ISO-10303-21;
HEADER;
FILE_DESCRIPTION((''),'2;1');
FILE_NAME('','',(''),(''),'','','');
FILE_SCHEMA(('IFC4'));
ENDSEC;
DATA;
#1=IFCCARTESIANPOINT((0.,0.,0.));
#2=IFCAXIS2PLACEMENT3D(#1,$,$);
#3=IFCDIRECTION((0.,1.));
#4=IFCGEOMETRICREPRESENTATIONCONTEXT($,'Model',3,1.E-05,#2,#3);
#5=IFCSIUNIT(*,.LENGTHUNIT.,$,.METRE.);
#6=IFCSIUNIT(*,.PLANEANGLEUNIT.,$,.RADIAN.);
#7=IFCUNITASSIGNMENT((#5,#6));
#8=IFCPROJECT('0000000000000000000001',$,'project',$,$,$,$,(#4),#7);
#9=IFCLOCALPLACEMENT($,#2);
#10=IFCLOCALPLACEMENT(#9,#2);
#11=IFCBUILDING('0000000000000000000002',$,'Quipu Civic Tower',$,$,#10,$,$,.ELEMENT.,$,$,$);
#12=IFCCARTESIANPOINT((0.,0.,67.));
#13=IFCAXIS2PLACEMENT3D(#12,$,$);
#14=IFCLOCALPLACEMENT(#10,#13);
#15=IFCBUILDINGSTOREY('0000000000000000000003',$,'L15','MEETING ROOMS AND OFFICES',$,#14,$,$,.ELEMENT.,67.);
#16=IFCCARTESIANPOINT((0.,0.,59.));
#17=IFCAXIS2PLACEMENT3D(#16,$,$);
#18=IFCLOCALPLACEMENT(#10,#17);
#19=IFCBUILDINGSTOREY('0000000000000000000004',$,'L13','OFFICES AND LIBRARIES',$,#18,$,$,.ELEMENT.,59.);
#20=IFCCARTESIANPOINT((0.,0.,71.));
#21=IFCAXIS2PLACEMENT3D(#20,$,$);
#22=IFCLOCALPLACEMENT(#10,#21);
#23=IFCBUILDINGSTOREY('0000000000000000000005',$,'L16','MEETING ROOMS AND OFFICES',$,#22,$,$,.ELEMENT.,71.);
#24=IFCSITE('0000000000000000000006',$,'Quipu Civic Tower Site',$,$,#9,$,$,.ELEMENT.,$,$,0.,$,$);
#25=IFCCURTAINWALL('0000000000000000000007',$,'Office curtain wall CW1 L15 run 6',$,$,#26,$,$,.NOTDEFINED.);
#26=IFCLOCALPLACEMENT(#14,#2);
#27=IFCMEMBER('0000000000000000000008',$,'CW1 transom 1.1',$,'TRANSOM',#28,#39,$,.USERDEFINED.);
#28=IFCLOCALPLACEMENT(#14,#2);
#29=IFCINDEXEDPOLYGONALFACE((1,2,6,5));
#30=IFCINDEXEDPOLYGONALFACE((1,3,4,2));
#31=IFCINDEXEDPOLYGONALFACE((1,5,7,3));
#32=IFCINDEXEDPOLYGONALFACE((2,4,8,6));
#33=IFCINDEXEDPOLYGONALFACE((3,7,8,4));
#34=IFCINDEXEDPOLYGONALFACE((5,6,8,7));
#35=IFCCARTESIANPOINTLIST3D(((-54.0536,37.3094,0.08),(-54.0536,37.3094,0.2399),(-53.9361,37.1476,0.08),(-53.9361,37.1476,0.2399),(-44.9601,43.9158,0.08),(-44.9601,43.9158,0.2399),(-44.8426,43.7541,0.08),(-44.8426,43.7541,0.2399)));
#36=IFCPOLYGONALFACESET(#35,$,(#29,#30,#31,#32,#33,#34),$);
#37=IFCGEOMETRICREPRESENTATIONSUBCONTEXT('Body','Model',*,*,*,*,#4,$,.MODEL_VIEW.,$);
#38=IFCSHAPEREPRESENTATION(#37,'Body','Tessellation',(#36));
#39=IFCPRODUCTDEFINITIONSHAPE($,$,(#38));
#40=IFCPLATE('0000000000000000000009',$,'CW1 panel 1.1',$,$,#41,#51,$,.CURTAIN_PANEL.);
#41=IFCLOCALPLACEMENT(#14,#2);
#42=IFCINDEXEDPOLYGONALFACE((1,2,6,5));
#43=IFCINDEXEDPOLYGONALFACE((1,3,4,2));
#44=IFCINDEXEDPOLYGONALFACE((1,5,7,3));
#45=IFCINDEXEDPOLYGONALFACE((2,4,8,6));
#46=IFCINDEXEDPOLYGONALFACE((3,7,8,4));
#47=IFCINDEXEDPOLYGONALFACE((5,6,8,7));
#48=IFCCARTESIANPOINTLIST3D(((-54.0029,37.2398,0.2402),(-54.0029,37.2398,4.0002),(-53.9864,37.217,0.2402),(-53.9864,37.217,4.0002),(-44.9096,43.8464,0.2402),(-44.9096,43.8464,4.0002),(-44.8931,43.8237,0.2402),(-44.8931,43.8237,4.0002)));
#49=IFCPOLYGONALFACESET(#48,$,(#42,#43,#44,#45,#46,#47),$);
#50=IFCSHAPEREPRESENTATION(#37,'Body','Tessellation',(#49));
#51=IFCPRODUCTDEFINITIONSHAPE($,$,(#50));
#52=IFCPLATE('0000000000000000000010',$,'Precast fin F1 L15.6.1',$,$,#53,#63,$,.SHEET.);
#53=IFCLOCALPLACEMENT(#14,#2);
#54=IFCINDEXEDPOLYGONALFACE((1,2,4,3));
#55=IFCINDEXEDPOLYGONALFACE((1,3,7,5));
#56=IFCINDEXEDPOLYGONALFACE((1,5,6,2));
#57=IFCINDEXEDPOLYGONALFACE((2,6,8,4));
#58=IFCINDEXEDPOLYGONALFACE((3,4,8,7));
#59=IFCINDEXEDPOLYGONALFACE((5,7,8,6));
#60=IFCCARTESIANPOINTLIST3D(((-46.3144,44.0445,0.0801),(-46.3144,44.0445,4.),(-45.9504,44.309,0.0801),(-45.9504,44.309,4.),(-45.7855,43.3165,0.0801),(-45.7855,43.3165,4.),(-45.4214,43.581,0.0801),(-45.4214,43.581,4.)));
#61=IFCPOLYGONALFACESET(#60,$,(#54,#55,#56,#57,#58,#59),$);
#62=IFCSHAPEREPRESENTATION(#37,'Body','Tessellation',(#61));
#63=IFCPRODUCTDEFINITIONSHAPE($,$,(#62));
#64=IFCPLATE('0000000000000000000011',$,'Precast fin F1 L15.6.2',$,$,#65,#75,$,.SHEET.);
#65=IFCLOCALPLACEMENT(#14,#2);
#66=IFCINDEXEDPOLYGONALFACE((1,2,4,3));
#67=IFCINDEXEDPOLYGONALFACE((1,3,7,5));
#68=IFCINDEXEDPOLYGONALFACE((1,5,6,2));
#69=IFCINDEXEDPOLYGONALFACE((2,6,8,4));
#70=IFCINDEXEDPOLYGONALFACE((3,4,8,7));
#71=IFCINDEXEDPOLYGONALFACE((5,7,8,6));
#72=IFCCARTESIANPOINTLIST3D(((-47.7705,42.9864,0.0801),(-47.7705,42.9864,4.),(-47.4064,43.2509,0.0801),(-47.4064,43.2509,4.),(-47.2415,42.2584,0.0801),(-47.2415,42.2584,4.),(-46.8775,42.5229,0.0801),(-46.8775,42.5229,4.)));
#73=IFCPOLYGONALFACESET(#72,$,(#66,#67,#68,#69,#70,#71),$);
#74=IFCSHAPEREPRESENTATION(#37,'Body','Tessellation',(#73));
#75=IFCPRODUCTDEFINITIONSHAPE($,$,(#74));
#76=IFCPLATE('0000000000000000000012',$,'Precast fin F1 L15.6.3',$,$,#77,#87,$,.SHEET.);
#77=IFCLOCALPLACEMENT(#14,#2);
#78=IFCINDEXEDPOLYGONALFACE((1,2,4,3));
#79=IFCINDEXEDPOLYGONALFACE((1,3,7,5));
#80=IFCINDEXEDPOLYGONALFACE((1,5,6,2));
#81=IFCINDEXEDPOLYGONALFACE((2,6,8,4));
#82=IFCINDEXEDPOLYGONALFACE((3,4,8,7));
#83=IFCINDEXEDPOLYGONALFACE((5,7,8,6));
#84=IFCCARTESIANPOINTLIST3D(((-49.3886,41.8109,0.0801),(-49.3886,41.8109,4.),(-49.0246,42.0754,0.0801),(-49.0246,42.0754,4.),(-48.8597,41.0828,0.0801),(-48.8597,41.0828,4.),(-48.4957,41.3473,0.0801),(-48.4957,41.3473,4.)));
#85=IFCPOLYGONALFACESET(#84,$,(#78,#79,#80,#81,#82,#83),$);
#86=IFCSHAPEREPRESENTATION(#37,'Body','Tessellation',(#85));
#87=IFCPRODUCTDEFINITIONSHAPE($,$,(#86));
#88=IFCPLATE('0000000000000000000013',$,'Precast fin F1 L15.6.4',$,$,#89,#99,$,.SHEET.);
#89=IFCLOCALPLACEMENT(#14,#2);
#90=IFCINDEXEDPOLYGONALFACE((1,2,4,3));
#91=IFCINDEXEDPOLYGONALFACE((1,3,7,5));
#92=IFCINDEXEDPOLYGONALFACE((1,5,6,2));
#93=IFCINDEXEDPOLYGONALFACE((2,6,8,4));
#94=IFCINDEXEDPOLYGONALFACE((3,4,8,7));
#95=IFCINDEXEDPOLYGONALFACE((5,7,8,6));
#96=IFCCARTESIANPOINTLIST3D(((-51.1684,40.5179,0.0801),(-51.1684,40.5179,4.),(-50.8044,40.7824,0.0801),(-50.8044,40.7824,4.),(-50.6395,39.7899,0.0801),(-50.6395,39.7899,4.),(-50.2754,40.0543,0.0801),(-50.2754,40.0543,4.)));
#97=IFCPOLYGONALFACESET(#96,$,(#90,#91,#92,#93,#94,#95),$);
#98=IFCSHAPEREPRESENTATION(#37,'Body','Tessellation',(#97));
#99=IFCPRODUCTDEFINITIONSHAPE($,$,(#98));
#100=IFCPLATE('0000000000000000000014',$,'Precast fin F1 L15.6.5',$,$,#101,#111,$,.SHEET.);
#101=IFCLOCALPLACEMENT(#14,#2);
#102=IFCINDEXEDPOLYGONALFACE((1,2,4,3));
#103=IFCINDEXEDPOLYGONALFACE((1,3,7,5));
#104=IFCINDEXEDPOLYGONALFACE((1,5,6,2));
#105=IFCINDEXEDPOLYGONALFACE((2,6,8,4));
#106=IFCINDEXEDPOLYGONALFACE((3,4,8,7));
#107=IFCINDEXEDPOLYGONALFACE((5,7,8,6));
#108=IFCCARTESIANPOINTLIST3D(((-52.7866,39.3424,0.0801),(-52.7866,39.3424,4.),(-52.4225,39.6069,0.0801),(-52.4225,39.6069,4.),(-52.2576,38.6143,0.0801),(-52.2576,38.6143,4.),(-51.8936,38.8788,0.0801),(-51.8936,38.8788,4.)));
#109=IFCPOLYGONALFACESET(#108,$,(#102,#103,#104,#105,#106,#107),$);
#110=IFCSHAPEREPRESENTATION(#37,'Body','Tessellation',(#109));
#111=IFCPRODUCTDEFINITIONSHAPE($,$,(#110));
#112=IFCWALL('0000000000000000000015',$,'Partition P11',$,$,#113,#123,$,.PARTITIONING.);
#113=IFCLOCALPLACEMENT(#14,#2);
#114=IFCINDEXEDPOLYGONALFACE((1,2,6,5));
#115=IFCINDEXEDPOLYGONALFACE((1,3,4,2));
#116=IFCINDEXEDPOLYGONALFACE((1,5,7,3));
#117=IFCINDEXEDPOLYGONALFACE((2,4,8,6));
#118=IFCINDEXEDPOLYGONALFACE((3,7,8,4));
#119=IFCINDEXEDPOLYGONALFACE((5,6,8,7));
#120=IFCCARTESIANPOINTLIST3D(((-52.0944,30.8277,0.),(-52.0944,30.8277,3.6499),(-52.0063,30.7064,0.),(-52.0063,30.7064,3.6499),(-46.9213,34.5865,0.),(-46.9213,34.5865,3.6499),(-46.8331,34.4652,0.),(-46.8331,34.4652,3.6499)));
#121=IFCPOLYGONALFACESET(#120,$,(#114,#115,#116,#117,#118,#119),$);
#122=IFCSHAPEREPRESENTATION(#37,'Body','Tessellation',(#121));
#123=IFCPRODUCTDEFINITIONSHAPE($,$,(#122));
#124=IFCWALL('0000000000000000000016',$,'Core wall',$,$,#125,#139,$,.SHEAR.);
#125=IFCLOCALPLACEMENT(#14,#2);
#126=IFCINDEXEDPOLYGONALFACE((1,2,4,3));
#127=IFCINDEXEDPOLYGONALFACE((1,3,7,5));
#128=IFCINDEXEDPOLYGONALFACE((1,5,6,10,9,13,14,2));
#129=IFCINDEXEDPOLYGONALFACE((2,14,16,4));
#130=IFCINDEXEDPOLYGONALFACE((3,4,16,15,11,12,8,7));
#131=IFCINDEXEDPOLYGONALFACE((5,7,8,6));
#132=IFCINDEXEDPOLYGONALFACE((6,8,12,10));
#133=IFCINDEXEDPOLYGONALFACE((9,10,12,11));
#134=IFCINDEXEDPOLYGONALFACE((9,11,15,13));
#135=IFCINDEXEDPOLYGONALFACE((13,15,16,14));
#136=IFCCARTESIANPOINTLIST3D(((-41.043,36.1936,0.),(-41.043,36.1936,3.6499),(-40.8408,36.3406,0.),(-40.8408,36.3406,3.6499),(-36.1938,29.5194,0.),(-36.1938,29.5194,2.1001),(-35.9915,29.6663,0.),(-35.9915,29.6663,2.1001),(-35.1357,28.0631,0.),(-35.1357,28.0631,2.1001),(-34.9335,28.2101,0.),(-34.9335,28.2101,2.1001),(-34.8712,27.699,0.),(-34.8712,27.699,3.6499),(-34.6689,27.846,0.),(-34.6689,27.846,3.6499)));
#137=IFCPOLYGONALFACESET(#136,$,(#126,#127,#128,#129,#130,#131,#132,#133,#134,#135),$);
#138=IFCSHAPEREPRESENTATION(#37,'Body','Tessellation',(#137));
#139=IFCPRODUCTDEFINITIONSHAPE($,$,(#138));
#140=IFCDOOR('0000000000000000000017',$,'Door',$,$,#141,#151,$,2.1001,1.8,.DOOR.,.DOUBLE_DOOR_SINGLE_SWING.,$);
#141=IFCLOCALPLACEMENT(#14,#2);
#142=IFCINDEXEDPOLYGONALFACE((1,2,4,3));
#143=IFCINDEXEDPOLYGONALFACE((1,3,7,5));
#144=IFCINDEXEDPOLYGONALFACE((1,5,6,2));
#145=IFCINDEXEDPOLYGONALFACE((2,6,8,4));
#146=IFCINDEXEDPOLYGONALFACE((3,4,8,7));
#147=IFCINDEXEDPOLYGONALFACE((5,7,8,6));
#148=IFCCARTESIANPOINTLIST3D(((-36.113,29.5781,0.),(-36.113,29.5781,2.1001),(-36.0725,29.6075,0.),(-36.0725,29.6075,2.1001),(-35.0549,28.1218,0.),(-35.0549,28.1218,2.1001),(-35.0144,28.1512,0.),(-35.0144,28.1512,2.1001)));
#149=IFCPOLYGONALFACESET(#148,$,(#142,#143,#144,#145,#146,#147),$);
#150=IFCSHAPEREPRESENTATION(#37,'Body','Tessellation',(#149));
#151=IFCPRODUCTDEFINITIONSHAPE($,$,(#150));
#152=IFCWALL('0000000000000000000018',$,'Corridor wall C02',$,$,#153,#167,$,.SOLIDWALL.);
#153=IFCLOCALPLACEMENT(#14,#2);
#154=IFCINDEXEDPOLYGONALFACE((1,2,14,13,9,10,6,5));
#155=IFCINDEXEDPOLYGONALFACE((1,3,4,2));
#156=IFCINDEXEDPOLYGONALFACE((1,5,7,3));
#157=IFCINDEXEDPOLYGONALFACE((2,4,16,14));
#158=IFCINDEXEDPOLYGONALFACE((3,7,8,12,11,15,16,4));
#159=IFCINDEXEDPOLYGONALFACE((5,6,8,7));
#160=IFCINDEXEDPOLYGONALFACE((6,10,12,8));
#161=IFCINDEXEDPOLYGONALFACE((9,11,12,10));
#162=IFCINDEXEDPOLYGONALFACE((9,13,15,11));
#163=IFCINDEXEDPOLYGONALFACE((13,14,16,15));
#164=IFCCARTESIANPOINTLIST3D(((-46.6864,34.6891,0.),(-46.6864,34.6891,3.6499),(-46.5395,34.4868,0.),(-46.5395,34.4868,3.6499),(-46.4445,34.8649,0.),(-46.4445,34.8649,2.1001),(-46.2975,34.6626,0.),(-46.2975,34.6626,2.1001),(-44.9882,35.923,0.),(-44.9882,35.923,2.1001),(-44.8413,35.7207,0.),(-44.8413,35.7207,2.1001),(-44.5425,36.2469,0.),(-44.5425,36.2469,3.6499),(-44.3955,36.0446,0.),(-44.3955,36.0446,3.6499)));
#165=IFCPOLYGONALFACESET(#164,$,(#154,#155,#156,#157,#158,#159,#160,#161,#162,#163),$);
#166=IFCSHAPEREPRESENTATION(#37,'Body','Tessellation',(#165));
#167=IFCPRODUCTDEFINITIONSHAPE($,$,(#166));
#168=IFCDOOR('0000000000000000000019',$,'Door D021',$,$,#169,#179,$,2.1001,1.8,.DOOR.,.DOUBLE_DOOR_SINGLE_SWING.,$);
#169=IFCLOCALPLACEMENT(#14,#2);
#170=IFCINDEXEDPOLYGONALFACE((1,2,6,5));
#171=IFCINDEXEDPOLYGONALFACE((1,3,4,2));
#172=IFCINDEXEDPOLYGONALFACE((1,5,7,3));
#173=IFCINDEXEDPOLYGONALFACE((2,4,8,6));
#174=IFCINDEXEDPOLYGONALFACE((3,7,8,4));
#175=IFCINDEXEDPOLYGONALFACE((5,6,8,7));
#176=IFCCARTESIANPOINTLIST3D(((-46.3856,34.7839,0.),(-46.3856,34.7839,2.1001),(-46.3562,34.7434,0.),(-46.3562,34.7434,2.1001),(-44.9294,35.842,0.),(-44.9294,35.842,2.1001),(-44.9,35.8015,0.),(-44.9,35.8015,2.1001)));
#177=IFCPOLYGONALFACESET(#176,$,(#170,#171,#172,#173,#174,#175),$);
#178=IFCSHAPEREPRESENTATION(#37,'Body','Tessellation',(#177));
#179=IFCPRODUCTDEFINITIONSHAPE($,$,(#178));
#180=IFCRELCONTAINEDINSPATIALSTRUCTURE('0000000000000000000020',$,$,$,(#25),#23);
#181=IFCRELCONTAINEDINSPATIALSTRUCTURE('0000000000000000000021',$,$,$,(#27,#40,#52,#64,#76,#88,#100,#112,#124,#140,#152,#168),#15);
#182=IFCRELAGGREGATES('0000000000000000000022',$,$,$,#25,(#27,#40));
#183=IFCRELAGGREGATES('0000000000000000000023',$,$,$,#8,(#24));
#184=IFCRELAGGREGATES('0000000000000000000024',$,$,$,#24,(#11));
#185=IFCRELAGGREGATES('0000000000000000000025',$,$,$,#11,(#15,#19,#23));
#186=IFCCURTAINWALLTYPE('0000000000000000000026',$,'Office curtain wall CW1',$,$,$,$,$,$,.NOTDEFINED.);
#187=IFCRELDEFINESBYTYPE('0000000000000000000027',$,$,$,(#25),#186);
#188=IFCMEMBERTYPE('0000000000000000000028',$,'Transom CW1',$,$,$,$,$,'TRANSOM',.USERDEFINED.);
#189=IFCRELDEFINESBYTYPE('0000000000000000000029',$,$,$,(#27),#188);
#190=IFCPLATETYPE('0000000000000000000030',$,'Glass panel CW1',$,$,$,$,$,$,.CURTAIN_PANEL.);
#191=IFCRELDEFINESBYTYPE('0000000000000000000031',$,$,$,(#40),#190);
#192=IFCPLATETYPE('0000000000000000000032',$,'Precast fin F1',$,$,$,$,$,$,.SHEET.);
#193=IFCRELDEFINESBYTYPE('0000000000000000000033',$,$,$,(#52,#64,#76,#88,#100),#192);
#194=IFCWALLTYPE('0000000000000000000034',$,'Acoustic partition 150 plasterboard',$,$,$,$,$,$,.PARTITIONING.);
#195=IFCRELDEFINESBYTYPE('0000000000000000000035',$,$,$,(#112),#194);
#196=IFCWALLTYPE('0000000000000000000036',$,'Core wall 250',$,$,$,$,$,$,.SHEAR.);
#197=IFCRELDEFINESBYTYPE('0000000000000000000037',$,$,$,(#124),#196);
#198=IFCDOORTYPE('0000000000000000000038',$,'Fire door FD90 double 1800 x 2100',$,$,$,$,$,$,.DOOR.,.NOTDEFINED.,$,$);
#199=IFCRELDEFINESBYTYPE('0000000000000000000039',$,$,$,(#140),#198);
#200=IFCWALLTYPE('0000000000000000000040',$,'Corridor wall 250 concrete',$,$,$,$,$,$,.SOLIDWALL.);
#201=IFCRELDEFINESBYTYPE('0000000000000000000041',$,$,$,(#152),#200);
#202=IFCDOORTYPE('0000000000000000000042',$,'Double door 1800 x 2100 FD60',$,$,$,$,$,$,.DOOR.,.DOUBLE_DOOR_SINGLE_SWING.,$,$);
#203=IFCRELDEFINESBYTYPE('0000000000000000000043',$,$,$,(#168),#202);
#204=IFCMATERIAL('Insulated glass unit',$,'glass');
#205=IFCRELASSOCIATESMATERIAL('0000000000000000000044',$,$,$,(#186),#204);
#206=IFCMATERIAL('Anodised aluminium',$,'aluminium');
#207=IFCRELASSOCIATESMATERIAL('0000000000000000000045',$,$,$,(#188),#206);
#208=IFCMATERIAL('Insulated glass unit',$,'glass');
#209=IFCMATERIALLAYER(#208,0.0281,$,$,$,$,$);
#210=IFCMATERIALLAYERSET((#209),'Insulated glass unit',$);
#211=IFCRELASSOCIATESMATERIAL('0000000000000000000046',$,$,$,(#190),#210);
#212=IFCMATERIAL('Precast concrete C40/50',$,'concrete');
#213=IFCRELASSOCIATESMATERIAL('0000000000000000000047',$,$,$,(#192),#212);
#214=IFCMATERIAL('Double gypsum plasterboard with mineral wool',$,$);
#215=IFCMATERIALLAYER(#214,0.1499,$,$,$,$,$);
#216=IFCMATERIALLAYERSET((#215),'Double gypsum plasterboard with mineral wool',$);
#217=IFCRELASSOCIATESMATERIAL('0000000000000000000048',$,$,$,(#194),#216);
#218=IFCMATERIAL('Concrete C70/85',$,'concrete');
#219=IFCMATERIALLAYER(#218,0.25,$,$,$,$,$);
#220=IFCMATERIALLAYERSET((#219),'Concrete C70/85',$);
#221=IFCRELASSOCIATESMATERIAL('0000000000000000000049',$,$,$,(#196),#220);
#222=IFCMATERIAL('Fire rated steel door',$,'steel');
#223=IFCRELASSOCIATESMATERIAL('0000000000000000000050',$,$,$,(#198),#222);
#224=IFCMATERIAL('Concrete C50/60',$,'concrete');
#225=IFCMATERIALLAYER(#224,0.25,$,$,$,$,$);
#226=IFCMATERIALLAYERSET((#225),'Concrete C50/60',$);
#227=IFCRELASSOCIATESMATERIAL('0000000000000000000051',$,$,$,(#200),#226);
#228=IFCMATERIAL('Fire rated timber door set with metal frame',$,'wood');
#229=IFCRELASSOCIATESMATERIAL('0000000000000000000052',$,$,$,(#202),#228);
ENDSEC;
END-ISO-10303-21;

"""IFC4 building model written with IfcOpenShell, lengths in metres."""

from ifc_helpers import new_model, si_unit, direction, frame, frame_2d, origin, origin_2d, place, context, subcontext, project, spatial, rectangle, extrude, material, layer, layer_set, material_profile, profile_set, type_object, element, fill, aggregate, save


model = new_model("IFC4")

# Units and contexts
model_context = context("Model", 3, precision=1e-05, world=origin(), true_north=direction((0.0, 1.0)))
body_context = subcontext(model_context, "Body", "Model", "MODEL_VIEW")
ifc_project = project(units=[si_unit("LENGTHUNIT", "METRE"), si_unit("PLANEANGLEUNIT", "RADIAN")], contexts=[model_context])

# Site, building, storey
site_placement = place(None, origin())
site = spatial("IfcSite", under=ifc_project, at=site_placement, Name="Quipu Civic Tower Site", CompositionType="ELEMENT", RefElevation=0.0)
building_placement = place(site_placement, origin())
building = spatial("IfcBuilding", under=site, at=building_placement, Name="Quipu Civic Tower", CompositionType="ELEMENT")
storey_1_placement = place(building_placement, frame((0.0, 0.0, 67.0)))
storey_1 = spatial("IfcBuildingStorey", under=building, at=storey_1_placement, Name="L15", Description="MEETING ROOMS AND OFFICES", CompositionType="ELEMENT", Elevation=67.0)

# Shared definitions
storey_2_placement = place(building_placement, frame((0.0, 0.0, 59.0)))
storey_2 = spatial("IfcBuildingStorey", under=building, at=storey_2_placement, Name="L13", Description="OFFICES AND LIBRARIES", CompositionType="ELEMENT", Elevation=59.0)

# Shared definitions
ifc_material_1 = material(Name="Insulated glass unit", Category="glass")
curtain_wall_type = type_object("IfcCurtainWallType", Name="Office curtain wall CW1", PredefinedType="NOTDEFINED", material=ifc_material_1)
ifc_material_2 = material(Name="Anodised aluminium", Category="aluminium")
ifc_material_profile_1 = material_profile(ifc_material_2, rectangle(XDim=0.2, YDim=0.1599, at=origin_2d()), Name="RECT 200x160")
ifc_profile_set_1 = profile_set([ifc_material_profile_1], Name="Anodised aluminium")
member_type = type_object("IfcMemberType", Name="Transom CW1", ElementType="TRANSOM", PredefinedType="USERDEFINED", material=ifc_profile_set_1)

# Shared definitions
storey_3_placement = place(building_placement, frame((0.0, 0.0, 71.0)))
storey_3 = spatial("IfcBuildingStorey", under=building, at=storey_3_placement, Name="L16", Description="MEETING ROOMS AND OFFICES", CompositionType="ELEMENT", Elevation=71.0)

# Curtain wall, member, plate
curtain_wall_1_placement = place(storey_3_placement, origin())
curtain_wall_1 = element("IfcCurtainWall", 1, at=curtain_wall_1_placement, inside=storey_3, type_object=curtain_wall_type, Name="Office curtain wall CW1 L15 run 6", PredefinedType="NOTDEFINED")
member_1_placement = place(storey_1_placement, frame((-44.9014, 43.835, 0.1599), z_axis=(-0.809033, -0.587764, 0.0), x_axis=(0.587764, -0.809033, 0.0)))
member_1 = element("IfcMember", 2, at=member_1_placement, inside=storey_1, type_object=member_type, Name="CW1 transom 1.1", ObjectType="TRANSOM", PredefinedType="USERDEFINED", context=body_context, shape_type="SweptSolid", body=[
    extrude(rectangle(XDim=0.2, YDim=0.1599, at=origin_2d()), origin(), (0.0, 0.0, 1.0), 11.24),
])
ifc_material_3 = material(Name="Insulated glass unit", Category="glass")
ifc_layer_1 = layer(ifc_material_3, 0.0281)
ifc_layer_set_1 = layer_set([ifc_layer_1], Name="Insulated glass unit")
plate_type_1 = type_object("IfcPlateType", Name="Glass panel CW1", PredefinedType="CURTAIN_PANEL", material=ifc_layer_set_1)
plate_placement = place(storey_1_placement, frame((-49.448, 40.5317, 0.2402), z_axis=(0.0, 0.0, 1.0), x_axis=(-0.809019, -0.587782, 0.0)))
plate = element("IfcPlate", 3, at=plate_placement, inside=storey_1, type_object=plate_type_1, Name="CW1 panel 1.1", PredefinedType="CURTAIN_PANEL", context=body_context, shape_type="SweptSolid", body=[
    extrude(rectangle(XDim=11.24, YDim=0.0281, at=origin_2d()), origin(), (0.0, 0.0, 1.0), 3.76),
])
aggregate(curtain_wall_1, [member_1, plate])

# Plates
ifc_material_4 = material(Name="Precast concrete C40/50", Category="concrete")
plate_type_2 = type_object("IfcPlateType", Name="Precast fin F1", PredefinedType="SHEET", material=ifc_material_4)
for number, where, z_axis, x_axis, name in (
    (4, (-45.8679, 43.8127, 0.0801), (0.0, 0.0, 1.0), (-0.809021, -0.587779, 0.0), "Precast fin F1 L15.6.1"),
    (5, (-47.324, 42.7546, 0.0801), (0.0, 0.0, 1.0), (-0.809021, -0.587779, 0.0), "Precast fin F1 L15.6.2"),
    (6, (-48.9421, 41.5791, 0.0801), (0.0, 0.0, 1.0), (-0.809021, -0.587779, 0.0), "Precast fin F1 L15.6.3"),
    (7, (-50.7219, 40.2861, 0.0801), (0.0, 0.0, 1.0), (-0.809021, -0.587779, 0.0), "Precast fin F1 L15.6.4"),
    (8, (-52.3401, 39.1106, 0.0801), (0.0, 0.0, 1.0), (-0.809021, -0.587779, 0.0), "Precast fin F1 L15.6.5"),
):
    element("IfcPlate", number, at=place(storey_1_placement, frame(where, z_axis=z_axis, x_axis=x_axis)), inside=storey_1, type_object=plate_type_2, Name=name, PredefinedType="SHEET", context=body_context, shape_type="SweptSolid", body=[
        extrude(rectangle(XDim=0.45, YDim=0.8999, at=origin_2d()), origin(), (0.0, 0.0, 1.0), 3.9199),
    ])

# Wall
ifc_material_5 = material(Name="Double gypsum plasterboard with mineral wool")
ifc_layer_2 = layer(ifc_material_5, 0.1499)
ifc_layer_set_2 = layer_set([ifc_layer_2], Name="Double gypsum plasterboard with mineral wool")
wall_type_1 = type_object("IfcWallType", Name="Acoustic partition 150 plasterboard", PredefinedType="PARTITIONING", material=ifc_layer_set_2)
wall_1_placement = place(storey_1_placement, frame((-46.8772, 34.5259, 0.0), z_axis=(0.0, 0.0, 1.0), x_axis=(-0.808994, -0.587817, 0.0)))
element("IfcWall", 9, at=wall_1_placement, inside=storey_1, type_object=wall_type_1, Name="Partition P11", PredefinedType="PARTITIONING", context=body_context, shape_type="SweptSolid", body=[
    extrude(rectangle(XDim=6.3945, YDim=0.1499, at=frame_2d((3.1973, 0.0))), origin(), (0.0, 0.0, 1.0), 3.6499),
])

# Walls, openings, doors
ifc_material_6 = material(Name="Concrete C70/85", Category="concrete")
ifc_layer_3 = layer(ifc_material_6, 0.25)
ifc_layer_set_3 = layer_set([ifc_layer_3], Name="Concrete C70/85")
wall_type_2 = type_object("IfcWallType", Name="Core wall 250", PredefinedType="SHEAR", material=ifc_layer_set_3)
wall_2_placement = place(storey_1_placement, frame((-40.9419, 36.2671, 0.0), z_axis=(0.0, 0.0, 1.0), x_axis=(0.587796, -0.809009, 0.0)))
wall_2 = element("IfcWall", 10, at=wall_2_placement, inside=storey_1, type_object=wall_type_2, Name="Core wall", PredefinedType="SHEAR", context=body_context, shape_type="SweptSolid", body=[
    extrude(rectangle(XDim=10.5, YDim=0.25, at=frame_2d((5.25, 0.0))), origin(), (0.0, 0.0, 1.0), 3.6499),
])
opening_1_placement = place(wall_2_placement, frame((8.25, 0.0, 0.0)))
opening_1 = element("IfcOpeningElement", 11, at=opening_1_placement, cuts=wall_2, PredefinedType="OPENING", context=body_context, shape_type="SweptSolid", body=[
    extrude(rectangle(XDim=1.8, YDim=2.1001, at=frame_2d((0.8999, 1.05))), frame((0.0, 0.135, 0.0), z_axis=(0.0, -1.0, 0.0), x_axis=(1.0, 0.0, 0.0)), (0.0, 0.0, 1.0), 0.27),
])
ifc_material_7 = material(Name="Fire rated steel door", Category="steel")
door_type_1 = type_object("IfcDoorType", Name="Fire door FD90 double 1800 x 2100", OperationType="NOTDEFINED", PredefinedType="DOOR", material=ifc_material_7)
door_1_placement = place(opening_1_placement, origin())
door_1 = element("IfcDoor", 12, at=door_1_placement, inside=storey_1, type_object=door_type_1, Name="Door", OperationType="DOUBLE_DOOR_SINGLE_SWING", OverallHeight=2.1001, OverallWidth=1.8, PredefinedType="DOOR", context=body_context, shape_type="SweptSolid", body=[
    extrude(rectangle(XDim=1.8, YDim=2.1001, at=frame_2d((0.8999, 1.05))), frame((0.0, 0.0249, 0.0), z_axis=(0.0, -1.0, 0.0), x_axis=(1.0, 0.0, 0.0)), (0.0, 0.0, 1.0), 0.05),
])
fill(opening_1, door_1)
ifc_material_8 = material(Name="Concrete C50/60", Category="concrete")
ifc_layer_4 = layer(ifc_material_8, 0.25)
ifc_layer_set_4 = layer_set([ifc_layer_4], Name="Concrete C50/60")
wall_type_3 = type_object("IfcWallType", Name="Corridor wall 250 concrete", PredefinedType="SOLIDWALL", material=ifc_layer_set_4)
wall_3_placement = place(storey_1_placement, frame((-46.613, 34.5879, 0.0), z_axis=(0.0, 0.0, 1.0), x_axis=(0.808995, 0.587816, 0.0)))
wall_3 = element("IfcWall", 13, at=wall_3_placement, inside=storey_1, type_object=wall_type_3, Name="Corridor wall C02", PredefinedType="SOLIDWALL", context=body_context, shape_type="SweptSolid", body=[
    extrude(rectangle(XDim=2.6501, YDim=0.25, at=frame_2d((1.3252, 0.0))), origin(), (0.0, 0.0, 1.0), 3.6499),
])
opening_2_placement = place(wall_3_placement, frame((0.2993, 0.0, 0.0)))
opening_2 = element("IfcOpeningElement", 14, at=opening_2_placement, cuts=wall_3, PredefinedType="OPENING", context=body_context, shape_type="SweptSolid", body=[
    extrude(rectangle(XDim=1.8, YDim=2.1001, at=frame_2d((0.8999, 1.05))), frame((0.0, 0.135, 0.0), z_axis=(0.0, -1.0, 0.0), x_axis=(1.0, 0.0, 0.0)), (0.0, 0.0, 1.0), 0.27),
])
ifc_material_9 = material(Name="Fire rated timber door set with metal frame", Category="wood")
door_type_2 = type_object("IfcDoorType", Name="Double door 1800 x 2100 FD60", OperationType="DOUBLE_DOOR_SINGLE_SWING", PredefinedType="DOOR", material=ifc_material_9)
door_2_placement = place(opening_2_placement, origin())
door_2 = element("IfcDoor", 15, at=door_2_placement, inside=storey_1, type_object=door_type_2, Name="Door D021", OperationType="DOUBLE_DOOR_SINGLE_SWING", OverallHeight=2.1001, OverallWidth=1.8, PredefinedType="DOOR", context=body_context, shape_type="SweptSolid", body=[
    extrude(rectangle(XDim=1.8, YDim=2.1001, at=frame_2d((0.8999, 1.05))), frame((0.0, 0.0249, 0.0), z_axis=(0.0, -1.0, 0.0), x_axis=(1.0, 0.0, 0.0)), (0.0, 0.0, 1.0), 0.05),
])
fill(opening_2, door_2)

save(model, "model.ifc")
